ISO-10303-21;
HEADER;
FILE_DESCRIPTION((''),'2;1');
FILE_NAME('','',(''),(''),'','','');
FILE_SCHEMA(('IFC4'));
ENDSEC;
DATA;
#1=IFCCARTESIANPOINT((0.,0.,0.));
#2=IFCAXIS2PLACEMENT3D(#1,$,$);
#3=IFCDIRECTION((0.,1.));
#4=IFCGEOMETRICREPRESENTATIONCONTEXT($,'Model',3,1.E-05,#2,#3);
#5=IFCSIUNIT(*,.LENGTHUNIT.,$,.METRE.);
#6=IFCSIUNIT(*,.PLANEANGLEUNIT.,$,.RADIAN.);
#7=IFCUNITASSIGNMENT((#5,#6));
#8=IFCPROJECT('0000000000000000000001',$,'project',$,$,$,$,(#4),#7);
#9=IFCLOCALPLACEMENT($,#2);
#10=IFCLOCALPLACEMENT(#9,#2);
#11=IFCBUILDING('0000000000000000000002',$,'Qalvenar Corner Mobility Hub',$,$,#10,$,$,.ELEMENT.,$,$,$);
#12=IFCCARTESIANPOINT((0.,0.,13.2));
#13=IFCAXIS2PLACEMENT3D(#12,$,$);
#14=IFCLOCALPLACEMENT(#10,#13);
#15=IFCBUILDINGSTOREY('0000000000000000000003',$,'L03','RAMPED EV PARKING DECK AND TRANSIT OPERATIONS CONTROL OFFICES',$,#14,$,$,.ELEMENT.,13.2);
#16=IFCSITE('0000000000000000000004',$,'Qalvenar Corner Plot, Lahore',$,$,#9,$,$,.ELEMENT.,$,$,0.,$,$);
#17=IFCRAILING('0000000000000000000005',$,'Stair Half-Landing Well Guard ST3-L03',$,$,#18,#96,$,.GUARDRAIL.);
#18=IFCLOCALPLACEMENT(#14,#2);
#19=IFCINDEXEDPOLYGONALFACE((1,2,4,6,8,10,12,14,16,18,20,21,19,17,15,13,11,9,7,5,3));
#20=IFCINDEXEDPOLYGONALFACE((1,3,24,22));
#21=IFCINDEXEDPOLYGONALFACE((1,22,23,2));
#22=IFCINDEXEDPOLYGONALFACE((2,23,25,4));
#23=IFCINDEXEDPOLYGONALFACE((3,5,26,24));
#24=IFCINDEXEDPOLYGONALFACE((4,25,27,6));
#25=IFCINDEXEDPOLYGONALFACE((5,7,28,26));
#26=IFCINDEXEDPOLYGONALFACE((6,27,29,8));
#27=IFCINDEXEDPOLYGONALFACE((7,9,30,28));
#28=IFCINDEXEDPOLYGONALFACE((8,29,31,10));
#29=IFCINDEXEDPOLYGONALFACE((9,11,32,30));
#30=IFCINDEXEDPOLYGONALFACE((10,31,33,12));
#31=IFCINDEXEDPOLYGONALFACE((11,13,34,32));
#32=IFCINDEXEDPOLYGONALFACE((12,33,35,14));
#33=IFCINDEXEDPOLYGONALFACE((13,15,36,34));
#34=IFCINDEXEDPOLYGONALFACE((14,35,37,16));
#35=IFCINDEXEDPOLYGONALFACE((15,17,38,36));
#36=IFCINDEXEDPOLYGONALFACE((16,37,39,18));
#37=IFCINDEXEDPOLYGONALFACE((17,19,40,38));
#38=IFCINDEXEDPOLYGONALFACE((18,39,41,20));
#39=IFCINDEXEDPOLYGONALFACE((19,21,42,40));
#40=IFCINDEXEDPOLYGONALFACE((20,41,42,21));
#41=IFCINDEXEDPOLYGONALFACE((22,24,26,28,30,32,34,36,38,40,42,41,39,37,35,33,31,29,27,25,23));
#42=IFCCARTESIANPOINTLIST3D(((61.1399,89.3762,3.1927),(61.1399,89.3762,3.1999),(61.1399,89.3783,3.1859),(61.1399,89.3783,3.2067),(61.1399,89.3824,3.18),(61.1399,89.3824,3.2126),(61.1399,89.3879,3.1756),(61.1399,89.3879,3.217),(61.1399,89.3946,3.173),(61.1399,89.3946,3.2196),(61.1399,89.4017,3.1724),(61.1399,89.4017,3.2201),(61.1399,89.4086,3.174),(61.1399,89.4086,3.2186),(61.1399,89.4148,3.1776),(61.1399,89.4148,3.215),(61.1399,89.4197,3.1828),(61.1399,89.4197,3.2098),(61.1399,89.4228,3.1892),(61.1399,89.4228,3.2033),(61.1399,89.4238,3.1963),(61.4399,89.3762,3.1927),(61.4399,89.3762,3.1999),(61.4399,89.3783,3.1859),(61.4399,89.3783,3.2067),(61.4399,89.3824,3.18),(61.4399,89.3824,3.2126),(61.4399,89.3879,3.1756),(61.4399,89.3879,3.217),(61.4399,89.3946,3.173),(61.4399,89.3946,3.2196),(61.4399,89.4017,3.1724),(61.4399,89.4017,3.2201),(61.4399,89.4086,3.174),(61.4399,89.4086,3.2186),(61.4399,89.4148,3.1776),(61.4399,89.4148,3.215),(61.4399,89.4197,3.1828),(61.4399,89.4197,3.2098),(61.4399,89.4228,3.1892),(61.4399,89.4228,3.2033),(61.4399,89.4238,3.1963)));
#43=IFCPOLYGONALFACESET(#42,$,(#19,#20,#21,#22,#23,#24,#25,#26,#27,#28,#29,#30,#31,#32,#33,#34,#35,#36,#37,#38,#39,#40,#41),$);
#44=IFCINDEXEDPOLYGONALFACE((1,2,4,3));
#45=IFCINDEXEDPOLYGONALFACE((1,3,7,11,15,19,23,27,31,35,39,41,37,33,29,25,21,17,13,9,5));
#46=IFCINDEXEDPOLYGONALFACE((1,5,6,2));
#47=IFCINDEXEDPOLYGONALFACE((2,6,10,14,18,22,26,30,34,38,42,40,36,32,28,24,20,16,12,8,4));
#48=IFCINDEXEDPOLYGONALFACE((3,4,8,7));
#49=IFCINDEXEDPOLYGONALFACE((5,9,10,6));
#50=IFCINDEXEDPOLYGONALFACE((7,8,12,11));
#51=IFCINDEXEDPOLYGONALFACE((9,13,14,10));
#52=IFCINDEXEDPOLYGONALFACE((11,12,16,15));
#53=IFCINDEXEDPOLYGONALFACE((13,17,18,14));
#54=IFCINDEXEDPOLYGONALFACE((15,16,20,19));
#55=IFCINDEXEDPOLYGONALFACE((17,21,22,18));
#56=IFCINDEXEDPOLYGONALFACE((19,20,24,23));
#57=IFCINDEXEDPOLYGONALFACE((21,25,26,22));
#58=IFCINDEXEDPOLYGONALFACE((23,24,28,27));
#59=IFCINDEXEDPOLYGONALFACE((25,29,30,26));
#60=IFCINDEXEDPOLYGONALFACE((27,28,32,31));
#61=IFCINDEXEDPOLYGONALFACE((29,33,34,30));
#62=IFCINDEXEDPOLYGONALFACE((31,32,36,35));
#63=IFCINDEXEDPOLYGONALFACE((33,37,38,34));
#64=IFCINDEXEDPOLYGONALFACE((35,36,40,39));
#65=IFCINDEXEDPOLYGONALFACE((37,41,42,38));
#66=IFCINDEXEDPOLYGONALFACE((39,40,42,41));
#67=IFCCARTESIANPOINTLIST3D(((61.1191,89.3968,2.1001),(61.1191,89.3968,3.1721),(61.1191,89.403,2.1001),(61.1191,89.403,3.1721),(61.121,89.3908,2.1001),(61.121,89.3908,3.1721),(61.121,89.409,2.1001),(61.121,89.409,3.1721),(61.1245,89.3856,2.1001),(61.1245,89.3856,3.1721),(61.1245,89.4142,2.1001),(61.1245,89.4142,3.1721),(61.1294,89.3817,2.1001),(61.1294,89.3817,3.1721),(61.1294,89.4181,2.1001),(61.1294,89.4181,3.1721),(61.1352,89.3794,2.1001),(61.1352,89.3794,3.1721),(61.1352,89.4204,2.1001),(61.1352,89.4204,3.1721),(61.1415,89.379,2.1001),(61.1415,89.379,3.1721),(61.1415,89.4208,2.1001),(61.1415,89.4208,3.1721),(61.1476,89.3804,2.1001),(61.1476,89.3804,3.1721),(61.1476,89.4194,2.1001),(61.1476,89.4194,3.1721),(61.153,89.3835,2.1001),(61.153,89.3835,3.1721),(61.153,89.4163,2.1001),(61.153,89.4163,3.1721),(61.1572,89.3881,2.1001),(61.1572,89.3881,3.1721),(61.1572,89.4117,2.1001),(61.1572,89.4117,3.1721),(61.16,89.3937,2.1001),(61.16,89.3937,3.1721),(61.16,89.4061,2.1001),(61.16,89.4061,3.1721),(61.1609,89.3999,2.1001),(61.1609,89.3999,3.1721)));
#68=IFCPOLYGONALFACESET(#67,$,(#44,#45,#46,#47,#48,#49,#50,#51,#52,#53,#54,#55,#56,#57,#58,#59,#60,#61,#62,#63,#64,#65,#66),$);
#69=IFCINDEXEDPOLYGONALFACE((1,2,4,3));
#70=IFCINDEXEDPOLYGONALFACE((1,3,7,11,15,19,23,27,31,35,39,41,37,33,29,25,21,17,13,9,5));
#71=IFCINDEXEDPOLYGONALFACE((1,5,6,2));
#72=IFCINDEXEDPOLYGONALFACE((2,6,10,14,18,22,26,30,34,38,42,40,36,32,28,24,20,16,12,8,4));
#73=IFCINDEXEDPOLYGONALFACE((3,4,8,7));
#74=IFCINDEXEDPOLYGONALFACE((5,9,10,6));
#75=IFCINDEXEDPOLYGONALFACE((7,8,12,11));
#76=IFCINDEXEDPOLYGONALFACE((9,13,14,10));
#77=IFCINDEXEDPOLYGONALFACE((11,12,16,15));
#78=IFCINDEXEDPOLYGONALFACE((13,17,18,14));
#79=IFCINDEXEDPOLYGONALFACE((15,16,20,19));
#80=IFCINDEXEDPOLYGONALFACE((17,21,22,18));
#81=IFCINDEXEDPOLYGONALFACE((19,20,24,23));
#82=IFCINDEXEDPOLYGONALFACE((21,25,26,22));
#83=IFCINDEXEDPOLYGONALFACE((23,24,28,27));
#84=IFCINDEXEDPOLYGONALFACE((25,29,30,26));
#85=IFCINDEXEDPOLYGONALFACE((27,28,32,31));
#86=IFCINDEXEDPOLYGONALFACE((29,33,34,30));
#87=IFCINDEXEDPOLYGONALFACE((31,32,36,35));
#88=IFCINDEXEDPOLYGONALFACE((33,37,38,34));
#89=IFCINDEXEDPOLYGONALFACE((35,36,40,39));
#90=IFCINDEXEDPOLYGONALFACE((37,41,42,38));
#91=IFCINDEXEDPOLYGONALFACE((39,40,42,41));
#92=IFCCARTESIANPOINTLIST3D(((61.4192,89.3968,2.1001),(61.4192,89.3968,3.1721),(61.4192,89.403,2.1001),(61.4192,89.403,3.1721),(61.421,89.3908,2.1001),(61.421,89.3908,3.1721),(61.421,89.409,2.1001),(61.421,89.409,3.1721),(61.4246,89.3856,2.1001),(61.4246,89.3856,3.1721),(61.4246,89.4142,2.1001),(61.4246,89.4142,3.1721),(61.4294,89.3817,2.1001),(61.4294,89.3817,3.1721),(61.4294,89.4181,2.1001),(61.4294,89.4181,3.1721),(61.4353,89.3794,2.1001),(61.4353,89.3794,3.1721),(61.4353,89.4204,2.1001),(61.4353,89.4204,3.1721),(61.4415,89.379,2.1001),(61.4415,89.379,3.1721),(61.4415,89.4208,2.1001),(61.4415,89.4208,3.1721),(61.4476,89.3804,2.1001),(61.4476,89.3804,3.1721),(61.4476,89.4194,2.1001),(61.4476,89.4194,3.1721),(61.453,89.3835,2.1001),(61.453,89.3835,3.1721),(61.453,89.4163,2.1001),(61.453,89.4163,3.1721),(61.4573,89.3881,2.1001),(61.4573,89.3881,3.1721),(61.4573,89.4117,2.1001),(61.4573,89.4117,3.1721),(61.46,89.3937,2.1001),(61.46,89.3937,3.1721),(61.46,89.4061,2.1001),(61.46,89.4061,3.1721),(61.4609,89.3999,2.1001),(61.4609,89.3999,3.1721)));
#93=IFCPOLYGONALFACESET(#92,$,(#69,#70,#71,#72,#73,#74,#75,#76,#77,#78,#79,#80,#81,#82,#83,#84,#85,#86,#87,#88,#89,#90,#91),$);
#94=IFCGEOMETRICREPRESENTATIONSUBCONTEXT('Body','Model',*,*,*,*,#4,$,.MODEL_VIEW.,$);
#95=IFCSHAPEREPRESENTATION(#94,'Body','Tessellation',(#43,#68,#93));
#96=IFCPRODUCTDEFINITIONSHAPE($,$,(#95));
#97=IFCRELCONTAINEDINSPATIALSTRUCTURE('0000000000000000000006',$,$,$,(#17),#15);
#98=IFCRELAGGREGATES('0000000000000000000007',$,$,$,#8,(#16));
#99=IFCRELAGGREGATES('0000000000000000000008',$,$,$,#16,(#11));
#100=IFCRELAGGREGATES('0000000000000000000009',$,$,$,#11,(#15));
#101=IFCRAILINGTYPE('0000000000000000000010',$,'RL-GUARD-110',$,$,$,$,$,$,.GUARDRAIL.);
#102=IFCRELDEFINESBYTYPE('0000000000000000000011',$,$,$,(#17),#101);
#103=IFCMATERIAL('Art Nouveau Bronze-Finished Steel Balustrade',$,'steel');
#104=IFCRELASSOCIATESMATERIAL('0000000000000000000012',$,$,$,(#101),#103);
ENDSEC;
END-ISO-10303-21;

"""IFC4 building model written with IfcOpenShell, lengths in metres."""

from ifc_helpers import new_model, si_unit, direction, frame, origin, origin_2d, place, context, subcontext, project, spatial, circle, extrude, material, type_object, element, save


model = new_model("IFC4")

# Units and contexts
model_context = context("Model", 3, precision=1e-05, world=origin(), true_north=direction((0.0, 1.0)))
body_context = subcontext(model_context, "Body", "Model", "MODEL_VIEW")
ifc_project = project(units=[si_unit("LENGTHUNIT", "METRE"), si_unit("PLANEANGLEUNIT", "RADIAN")], contexts=[model_context])

# Site, building, storey
site_placement = place(None, origin())
site = spatial("IfcSite", under=ifc_project, at=site_placement, Name="Qalvenar Corner Plot, Lahore", CompositionType="ELEMENT", RefElevation=0.0)
building_placement = place(site_placement, origin())
building = spatial("IfcBuilding", under=site, at=building_placement, Name="Qalvenar Corner Mobility Hub", CompositionType="ELEMENT")
storey_placement = place(building_placement, frame((0.0, 0.0, 13.2)))
storey = spatial("IfcBuildingStorey", under=building, at=storey_placement, Name="L03", Description="RAMPED EV PARKING DECK AND TRANSIT OPERATIONS CONTROL OFFICES", CompositionType="ELEMENT", Elevation=13.2)

# Railing
ifc_material_1 = material(Name="Art Nouveau Bronze-Finished Steel Balustrade", Category="steel")
railing_type_1 = type_object("IfcRailingType", Name="RL-GUARD-110", PredefinedType="GUARDRAIL", material=ifc_material_1)
for number, where, name in (
    (1, (61.1399, 89.3999, 2.1001), "Stair Half-Landing Well Guard ST3-L03"),
):
    element("IfcRailing", number, at=place(storey_placement, frame(where)), inside=storey, type_object=railing_type_1, Name=name, PredefinedType="GUARDRAIL", context=body_context, shape_type="SweptSolid", body=[
        extrude(circle(Radius=0.0239, at=origin_2d()), frame((0.0, 0.0, 1.0962), z_axis=(1.0, 0.0, 0.0), x_axis=(0.0, 1.0, 0.0)), (0.0, 0.0, 1.0), 0.3),
        extrude(circle(Radius=0.021, at=origin_2d()), origin(), (0.0, 0.0, 1.0), 1.072),
        extrude(circle(Radius=0.021, at=origin_2d()), frame((0.3, 0.0, 0.0)), (0.0, 0.0, 1.0), 1.072),
    ])

save(model, "model.ifc")
